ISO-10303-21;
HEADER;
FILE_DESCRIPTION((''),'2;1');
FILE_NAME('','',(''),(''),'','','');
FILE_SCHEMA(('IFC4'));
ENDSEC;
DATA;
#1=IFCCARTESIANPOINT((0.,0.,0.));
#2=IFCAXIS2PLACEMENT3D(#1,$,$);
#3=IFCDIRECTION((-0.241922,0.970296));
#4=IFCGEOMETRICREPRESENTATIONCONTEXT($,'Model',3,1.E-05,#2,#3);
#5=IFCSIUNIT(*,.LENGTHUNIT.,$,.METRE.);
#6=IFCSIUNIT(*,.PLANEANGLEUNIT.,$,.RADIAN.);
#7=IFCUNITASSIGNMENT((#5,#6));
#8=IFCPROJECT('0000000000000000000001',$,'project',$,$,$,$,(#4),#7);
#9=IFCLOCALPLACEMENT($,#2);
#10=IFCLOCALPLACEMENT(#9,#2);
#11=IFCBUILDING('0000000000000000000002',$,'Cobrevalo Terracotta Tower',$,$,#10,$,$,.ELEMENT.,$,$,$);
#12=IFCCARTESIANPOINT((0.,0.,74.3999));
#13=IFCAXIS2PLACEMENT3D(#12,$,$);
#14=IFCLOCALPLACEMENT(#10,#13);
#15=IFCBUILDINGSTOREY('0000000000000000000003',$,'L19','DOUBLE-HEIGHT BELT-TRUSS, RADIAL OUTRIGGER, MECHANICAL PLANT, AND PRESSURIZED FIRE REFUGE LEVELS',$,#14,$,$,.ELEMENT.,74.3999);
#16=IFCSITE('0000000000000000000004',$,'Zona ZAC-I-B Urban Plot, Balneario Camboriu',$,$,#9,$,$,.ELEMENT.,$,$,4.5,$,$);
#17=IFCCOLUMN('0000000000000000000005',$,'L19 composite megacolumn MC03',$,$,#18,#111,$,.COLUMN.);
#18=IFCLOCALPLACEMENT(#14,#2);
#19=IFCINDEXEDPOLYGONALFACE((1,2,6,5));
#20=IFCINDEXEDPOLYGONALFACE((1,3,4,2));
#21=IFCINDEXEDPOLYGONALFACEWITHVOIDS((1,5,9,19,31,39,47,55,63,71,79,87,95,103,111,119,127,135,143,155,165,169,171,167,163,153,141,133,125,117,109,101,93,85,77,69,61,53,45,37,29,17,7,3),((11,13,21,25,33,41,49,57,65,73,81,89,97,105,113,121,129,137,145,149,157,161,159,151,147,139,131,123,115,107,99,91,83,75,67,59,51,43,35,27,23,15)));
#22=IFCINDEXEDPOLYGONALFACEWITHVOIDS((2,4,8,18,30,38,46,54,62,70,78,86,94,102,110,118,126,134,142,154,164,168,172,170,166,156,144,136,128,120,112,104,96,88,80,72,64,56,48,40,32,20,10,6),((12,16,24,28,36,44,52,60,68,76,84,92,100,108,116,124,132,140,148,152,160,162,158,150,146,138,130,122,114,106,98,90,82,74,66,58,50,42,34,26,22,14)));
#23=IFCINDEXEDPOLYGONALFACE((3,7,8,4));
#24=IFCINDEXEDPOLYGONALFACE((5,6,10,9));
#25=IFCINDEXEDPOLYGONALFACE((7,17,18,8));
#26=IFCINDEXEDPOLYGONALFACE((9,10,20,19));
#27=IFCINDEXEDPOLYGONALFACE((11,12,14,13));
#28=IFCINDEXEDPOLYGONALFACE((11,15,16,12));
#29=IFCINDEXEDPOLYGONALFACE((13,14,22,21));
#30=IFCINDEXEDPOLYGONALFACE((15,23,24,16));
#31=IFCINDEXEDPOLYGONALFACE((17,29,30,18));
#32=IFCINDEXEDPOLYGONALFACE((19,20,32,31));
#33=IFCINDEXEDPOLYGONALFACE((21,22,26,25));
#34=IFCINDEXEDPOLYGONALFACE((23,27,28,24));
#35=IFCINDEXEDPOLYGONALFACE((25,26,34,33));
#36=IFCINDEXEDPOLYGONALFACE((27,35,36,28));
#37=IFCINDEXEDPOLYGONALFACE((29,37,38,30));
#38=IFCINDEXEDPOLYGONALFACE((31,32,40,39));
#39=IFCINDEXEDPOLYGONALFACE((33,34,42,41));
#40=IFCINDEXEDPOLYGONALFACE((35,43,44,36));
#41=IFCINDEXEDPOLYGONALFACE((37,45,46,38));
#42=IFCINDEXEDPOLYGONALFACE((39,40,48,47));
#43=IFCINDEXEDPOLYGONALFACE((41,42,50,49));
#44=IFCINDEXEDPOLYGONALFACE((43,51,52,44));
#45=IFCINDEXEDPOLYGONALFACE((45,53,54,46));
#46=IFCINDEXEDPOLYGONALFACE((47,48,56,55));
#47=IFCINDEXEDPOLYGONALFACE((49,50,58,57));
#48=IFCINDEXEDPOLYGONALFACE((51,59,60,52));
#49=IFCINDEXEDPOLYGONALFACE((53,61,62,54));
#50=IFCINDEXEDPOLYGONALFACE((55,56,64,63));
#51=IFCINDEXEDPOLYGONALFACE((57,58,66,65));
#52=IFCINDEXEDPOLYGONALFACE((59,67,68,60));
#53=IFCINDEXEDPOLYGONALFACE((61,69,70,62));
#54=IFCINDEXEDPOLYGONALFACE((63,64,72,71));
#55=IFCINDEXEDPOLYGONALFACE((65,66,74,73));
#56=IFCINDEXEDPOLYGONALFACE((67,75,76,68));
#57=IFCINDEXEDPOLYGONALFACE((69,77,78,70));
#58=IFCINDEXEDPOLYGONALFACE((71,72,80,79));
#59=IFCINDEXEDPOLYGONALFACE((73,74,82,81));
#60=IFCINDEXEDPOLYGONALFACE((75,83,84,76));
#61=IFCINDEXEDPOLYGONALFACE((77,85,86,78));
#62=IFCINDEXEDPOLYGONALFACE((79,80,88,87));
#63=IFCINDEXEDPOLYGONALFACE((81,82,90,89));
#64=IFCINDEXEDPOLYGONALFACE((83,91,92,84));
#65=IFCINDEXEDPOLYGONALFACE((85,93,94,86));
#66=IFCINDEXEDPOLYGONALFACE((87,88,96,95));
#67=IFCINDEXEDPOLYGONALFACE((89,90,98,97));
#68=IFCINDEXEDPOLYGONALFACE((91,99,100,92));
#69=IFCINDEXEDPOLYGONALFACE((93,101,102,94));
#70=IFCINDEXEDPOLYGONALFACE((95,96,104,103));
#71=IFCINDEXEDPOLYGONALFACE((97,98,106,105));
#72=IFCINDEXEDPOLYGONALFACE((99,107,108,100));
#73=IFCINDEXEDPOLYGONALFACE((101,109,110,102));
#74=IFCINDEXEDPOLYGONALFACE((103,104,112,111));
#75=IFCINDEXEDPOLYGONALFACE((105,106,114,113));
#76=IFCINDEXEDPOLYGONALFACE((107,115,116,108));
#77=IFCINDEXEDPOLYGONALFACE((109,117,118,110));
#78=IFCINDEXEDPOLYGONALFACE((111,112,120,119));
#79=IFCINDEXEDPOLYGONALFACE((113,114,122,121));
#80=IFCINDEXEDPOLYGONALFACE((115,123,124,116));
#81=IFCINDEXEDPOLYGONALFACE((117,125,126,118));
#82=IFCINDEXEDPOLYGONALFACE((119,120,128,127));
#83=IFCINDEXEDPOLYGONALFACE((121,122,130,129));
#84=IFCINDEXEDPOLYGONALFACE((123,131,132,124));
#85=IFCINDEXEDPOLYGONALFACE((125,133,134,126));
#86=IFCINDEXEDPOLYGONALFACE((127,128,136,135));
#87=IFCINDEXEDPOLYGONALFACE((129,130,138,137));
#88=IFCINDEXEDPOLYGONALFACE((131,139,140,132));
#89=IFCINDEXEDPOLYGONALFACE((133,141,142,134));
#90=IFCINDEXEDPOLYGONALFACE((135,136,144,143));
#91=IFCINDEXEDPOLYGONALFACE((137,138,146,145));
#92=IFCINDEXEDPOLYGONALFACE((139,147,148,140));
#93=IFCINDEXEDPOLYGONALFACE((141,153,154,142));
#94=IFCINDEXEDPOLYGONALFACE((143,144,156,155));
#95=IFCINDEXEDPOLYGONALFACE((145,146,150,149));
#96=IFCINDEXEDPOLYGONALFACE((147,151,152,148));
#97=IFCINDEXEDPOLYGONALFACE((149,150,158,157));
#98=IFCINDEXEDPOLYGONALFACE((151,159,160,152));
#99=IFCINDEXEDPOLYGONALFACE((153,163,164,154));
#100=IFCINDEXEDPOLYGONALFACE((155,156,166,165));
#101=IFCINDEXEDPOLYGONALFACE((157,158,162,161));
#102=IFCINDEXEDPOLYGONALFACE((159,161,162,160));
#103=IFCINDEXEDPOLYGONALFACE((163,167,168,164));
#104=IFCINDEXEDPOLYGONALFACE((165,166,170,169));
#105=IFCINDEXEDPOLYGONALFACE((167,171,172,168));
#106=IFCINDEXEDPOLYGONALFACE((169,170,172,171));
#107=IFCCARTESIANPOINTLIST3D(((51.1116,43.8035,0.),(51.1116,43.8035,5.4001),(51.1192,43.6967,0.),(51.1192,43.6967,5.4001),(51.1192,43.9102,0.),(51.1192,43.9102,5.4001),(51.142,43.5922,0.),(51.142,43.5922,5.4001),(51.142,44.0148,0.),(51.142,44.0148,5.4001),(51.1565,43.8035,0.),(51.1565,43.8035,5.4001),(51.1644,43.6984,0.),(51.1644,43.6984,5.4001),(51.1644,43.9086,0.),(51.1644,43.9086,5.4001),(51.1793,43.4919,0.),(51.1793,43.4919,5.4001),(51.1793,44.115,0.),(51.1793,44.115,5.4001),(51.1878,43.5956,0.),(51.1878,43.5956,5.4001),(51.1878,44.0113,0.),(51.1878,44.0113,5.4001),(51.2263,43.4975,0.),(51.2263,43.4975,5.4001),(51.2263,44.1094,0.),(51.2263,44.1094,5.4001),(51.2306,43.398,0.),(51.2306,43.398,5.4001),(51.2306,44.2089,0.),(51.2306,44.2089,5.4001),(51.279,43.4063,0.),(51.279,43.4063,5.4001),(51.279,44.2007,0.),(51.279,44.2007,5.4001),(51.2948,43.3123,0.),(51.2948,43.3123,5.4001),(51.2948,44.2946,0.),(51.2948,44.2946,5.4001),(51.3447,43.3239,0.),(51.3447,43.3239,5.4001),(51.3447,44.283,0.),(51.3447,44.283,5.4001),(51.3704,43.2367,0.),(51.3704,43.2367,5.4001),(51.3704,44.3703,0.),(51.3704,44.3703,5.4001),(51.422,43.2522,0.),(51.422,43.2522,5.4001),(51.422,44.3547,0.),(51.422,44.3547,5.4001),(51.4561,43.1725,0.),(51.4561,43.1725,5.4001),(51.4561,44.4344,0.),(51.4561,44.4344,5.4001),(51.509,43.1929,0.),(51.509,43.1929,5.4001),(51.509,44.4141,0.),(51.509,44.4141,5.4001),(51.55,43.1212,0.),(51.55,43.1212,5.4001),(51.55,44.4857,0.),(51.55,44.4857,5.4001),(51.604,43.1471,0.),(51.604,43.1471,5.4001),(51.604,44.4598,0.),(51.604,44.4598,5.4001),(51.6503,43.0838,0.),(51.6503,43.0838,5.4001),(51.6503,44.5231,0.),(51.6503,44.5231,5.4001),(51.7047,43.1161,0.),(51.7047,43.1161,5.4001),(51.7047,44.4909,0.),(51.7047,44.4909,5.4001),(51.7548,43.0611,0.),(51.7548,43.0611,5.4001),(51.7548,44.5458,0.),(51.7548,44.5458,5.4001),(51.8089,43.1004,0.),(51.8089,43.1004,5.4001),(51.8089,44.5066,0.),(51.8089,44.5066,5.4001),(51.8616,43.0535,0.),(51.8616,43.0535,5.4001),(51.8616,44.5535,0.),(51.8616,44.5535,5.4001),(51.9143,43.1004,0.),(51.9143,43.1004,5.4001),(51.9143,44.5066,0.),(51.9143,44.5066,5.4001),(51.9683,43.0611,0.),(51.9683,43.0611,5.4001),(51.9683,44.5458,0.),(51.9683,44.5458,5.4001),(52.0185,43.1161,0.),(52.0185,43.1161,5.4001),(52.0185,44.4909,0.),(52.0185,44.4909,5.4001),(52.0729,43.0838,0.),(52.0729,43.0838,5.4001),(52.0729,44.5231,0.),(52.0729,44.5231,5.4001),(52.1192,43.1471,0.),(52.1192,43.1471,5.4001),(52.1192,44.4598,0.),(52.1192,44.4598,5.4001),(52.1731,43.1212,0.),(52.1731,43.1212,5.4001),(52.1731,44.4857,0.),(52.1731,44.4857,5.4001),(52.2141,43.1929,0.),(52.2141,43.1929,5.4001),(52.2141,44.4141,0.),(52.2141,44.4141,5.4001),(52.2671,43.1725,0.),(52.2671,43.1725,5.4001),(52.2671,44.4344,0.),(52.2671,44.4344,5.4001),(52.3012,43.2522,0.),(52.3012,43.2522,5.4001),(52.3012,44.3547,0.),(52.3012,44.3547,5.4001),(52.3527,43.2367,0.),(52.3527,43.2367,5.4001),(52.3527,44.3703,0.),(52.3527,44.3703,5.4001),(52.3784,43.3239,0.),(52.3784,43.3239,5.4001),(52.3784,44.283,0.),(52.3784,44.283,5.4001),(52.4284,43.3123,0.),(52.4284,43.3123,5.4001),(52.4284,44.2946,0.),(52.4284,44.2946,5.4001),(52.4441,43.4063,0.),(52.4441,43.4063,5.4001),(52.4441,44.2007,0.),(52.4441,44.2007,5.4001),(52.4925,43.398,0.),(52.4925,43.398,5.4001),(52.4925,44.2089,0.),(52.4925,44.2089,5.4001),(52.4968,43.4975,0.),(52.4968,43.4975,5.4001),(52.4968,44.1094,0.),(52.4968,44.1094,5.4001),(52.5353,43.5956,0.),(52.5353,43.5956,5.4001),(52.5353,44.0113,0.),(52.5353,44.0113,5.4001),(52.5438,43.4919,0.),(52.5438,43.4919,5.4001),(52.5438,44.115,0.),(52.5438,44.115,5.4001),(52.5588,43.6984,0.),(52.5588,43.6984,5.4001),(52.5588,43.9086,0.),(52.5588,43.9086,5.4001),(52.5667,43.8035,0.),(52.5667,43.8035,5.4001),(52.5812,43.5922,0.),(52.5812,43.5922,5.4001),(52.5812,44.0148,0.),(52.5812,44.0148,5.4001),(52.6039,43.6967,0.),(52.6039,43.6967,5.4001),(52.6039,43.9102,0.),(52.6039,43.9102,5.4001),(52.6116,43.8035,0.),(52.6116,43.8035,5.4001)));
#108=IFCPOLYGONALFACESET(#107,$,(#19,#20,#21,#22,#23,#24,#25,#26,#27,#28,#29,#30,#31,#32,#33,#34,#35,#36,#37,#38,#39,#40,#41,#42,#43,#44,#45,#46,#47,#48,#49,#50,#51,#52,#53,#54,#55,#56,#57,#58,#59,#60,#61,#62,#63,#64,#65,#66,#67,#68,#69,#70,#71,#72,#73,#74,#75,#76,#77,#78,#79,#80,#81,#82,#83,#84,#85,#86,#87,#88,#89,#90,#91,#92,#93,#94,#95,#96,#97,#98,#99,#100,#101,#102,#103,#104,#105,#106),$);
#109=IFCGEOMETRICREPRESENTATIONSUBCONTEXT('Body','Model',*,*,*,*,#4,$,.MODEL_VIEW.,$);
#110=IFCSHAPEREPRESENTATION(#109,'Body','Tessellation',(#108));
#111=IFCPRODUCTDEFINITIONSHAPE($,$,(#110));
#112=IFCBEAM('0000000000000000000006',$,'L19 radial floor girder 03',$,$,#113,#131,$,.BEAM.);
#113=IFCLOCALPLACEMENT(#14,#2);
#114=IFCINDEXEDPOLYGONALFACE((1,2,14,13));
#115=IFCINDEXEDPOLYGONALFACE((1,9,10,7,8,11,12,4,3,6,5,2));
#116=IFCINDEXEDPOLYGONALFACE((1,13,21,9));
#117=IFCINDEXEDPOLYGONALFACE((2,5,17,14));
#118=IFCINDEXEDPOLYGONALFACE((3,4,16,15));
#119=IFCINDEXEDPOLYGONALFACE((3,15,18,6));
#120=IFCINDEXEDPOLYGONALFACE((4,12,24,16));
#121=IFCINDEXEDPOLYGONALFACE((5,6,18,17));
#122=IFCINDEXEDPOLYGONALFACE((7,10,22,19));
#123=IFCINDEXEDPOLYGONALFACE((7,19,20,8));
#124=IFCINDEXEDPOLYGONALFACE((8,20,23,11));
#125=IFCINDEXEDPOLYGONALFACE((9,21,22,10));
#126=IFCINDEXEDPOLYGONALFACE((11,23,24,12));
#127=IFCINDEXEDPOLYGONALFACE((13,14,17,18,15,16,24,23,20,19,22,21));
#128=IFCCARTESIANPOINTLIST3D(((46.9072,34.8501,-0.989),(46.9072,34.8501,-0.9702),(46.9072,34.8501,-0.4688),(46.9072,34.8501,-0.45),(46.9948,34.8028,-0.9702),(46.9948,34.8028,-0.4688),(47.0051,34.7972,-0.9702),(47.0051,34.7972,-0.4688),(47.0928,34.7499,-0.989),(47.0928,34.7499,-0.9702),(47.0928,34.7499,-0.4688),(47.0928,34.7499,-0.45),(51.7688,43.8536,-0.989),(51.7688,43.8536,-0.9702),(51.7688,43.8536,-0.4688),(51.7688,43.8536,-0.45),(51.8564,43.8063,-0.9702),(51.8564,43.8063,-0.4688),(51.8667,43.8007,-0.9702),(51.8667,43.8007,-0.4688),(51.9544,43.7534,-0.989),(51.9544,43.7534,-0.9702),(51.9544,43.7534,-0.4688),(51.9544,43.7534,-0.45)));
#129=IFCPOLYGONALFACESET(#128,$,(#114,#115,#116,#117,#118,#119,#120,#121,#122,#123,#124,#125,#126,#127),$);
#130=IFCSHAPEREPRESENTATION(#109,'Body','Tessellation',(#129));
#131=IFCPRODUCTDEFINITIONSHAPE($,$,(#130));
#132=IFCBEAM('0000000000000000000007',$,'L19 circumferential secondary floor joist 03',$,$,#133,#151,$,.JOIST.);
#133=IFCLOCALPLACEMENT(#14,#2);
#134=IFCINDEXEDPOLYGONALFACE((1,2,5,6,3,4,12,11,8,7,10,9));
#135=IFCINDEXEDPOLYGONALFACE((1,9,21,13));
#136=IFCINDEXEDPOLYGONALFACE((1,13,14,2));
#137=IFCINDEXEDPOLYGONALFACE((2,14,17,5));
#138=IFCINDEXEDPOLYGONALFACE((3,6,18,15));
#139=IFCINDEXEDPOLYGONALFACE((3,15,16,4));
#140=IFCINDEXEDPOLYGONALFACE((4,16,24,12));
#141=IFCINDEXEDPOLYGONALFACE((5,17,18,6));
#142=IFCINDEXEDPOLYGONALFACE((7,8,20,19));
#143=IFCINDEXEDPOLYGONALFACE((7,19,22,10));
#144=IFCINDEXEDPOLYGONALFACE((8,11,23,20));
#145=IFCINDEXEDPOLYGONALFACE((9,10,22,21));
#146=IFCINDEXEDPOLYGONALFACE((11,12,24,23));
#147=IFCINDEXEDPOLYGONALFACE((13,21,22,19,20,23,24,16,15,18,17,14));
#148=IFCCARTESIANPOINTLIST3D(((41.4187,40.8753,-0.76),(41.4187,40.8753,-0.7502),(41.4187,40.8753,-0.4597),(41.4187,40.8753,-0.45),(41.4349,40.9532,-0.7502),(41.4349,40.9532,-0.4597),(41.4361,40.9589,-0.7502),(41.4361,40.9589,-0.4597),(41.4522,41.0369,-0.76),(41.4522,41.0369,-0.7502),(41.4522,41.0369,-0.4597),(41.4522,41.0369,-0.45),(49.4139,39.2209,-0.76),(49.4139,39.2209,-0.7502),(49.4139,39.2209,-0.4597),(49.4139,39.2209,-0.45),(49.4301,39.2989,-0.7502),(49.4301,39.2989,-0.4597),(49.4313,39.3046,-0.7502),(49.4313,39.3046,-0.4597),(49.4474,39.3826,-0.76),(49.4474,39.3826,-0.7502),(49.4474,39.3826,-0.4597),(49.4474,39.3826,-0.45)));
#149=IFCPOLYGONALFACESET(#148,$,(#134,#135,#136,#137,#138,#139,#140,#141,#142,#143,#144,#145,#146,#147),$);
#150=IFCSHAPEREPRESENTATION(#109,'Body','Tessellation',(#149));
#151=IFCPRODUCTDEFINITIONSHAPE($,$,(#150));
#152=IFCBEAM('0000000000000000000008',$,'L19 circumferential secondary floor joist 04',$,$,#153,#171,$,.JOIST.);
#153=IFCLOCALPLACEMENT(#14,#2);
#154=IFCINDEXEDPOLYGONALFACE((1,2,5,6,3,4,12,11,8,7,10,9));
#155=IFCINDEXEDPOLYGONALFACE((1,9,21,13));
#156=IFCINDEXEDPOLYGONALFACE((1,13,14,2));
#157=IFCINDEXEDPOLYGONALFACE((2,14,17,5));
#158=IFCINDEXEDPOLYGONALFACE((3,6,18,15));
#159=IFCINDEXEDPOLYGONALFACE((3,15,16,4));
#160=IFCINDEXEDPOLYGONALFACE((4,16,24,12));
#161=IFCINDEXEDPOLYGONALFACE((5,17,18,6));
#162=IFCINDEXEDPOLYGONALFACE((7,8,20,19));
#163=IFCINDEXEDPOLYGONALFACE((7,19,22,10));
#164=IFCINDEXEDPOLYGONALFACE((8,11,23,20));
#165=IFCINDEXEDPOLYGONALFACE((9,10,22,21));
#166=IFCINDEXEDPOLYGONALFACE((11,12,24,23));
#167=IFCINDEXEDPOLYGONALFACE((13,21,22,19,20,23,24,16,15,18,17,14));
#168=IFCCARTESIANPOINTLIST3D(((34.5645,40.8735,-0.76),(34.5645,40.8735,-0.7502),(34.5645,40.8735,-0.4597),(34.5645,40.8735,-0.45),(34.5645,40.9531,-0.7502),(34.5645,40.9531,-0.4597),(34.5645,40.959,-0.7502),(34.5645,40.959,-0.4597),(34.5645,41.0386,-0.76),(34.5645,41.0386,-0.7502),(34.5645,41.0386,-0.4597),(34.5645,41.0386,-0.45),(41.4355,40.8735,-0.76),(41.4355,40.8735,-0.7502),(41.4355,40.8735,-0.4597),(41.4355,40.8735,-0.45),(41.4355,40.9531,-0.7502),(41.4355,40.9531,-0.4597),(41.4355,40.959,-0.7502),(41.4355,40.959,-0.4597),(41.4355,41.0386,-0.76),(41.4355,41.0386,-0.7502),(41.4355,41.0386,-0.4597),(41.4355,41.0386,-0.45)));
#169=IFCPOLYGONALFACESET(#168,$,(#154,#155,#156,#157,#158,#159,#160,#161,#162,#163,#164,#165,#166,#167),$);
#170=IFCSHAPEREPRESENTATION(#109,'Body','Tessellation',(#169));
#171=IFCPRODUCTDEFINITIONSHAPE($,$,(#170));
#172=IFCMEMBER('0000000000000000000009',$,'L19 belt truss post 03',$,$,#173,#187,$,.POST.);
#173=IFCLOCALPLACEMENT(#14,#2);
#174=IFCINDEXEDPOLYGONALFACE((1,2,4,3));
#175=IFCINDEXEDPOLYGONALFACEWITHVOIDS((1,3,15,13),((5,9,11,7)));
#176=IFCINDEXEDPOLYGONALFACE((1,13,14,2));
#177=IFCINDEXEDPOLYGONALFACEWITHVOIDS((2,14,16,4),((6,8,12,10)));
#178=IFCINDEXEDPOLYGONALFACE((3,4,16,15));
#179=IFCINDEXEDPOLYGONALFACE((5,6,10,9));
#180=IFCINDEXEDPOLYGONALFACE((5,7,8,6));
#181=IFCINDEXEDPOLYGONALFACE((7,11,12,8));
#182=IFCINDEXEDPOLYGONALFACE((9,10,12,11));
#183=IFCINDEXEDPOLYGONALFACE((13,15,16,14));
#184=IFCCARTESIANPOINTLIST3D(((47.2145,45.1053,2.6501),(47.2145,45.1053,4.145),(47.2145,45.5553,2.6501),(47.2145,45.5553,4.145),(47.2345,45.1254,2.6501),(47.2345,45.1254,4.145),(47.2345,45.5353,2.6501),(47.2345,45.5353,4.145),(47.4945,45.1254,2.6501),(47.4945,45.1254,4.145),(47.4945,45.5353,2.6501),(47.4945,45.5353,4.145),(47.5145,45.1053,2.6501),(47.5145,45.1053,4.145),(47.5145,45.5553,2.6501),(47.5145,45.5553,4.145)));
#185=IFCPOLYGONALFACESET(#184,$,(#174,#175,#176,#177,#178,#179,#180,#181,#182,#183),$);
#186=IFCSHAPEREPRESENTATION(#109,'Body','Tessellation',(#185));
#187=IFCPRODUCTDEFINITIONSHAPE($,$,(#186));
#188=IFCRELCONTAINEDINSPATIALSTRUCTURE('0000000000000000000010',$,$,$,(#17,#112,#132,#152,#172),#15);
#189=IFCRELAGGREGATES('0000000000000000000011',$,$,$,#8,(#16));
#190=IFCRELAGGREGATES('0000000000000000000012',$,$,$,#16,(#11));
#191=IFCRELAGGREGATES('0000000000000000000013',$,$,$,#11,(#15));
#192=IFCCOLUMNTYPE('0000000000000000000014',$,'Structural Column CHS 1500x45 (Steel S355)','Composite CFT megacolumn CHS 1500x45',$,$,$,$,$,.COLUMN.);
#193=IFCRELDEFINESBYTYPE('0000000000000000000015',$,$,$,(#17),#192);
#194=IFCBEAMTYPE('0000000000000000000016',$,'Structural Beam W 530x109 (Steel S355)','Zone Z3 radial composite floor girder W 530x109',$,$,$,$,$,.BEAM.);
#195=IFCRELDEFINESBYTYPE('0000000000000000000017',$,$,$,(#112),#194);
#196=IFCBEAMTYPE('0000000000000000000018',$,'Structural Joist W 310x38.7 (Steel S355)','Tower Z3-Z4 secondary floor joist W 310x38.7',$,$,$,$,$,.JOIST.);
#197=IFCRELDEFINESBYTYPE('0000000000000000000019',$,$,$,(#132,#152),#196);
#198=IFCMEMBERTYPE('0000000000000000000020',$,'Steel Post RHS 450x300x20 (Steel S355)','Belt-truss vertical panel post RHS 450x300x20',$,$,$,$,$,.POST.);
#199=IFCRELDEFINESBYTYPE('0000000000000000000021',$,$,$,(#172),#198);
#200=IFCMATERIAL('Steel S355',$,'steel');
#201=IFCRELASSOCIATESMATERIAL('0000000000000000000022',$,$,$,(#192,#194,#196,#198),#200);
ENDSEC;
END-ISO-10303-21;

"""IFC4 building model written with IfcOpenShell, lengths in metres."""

from ifc_helpers import new_model, si_unit, direction, frame, origin, origin_2d, place, context, subcontext, project, spatial, hollow_rectangle, hollow_circle, i_section, extrude, source, transform, mapped, material, material_profile, profile_set, type_object, element, save


model = new_model("IFC4")

# Units and contexts
model_context = context("Model", 3, precision=1e-05, world=origin(), true_north=direction((-0.241922, 0.970296)))
body_context = subcontext(model_context, "Body", "Model", "MODEL_VIEW")
ifc_project = project(units=[si_unit("LENGTHUNIT", "METRE"), si_unit("PLANEANGLEUNIT", "RADIAN")], contexts=[model_context])

# Site, building, storey
site_placement = place(None, origin())
site = spatial("IfcSite", under=ifc_project, at=site_placement, Name="Zona ZAC-I-B Urban Plot, Balneario Camboriu", CompositionType="ELEMENT", RefElevation=4.5)
building_placement = place(site_placement, origin())
building = spatial("IfcBuilding", under=site, at=building_placement, Name="Cobrevalo Terracotta Tower", CompositionType="ELEMENT")
storey_placement = place(building_placement, frame((0.0, 0.0, 74.3999)))
storey = spatial("IfcBuildingStorey", under=building, at=storey_placement, Name="L19", Description="DOUBLE-HEIGHT BELT-TRUSS, RADIAL OUTRIGGER, MECHANICAL PLANT, AND PRESSURIZED FIRE REFUGE LEVELS", CompositionType="ELEMENT", Elevation=74.3999)

# Column
ifc_material_1 = material(Name="Steel S355", Category="steel")
ifc_material_profile_1 = material_profile(ifc_material_1, hollow_circle(Radius=0.75, WallThickness=0.0449, at=origin_2d()), Name="CHS 1500x45")
ifc_profile_set_1 = profile_set([ifc_material_profile_1], Name="Steel S355")
column_type = type_object("IfcColumnType", Name="Structural Column CHS 1500x45 (Steel S355)", Description="Composite CFT megacolumn CHS 1500x45", PredefinedType="COLUMN", material=ifc_profile_set_1)
column_placement = place(storey_placement, frame((51.8616, 43.8035, 0.0), z_axis=(0.0, 0.0, 1.0), x_axis=(1.0, 0.0, 0.0)))
element("IfcColumn", 1, at=column_placement, inside=storey, type_object=column_type, Name="L19 composite megacolumn MC03", PredefinedType="COLUMN", context=body_context, shape_type="SweptSolid", body=[
    extrude(hollow_circle(Radius=0.75, WallThickness=0.0449, at=origin_2d()), origin(), (0.0, 0.0, 1.0), 5.4001),
])

# Beams
ifc_material_profile_2 = material_profile(ifc_material_1, i_section(OverallWidth=0.2109, OverallDepth=0.5391, WebThickness=0.0117, FlangeThickness=0.0188, at=origin_2d()), Name="W 530x109")
ifc_profile_set_2 = profile_set([ifc_material_profile_2], Name="Steel S355")
beam_type_1 = type_object("IfcBeamType", Name="Structural Beam W 530x109 (Steel S355)", Description="Zone Z3 radial composite floor girder W 530x109", PredefinedType="BEAM", material=ifc_profile_set_2)
beam_1_placement = place(storey_placement, frame((51.8616, 43.8035, -0.7195), z_axis=(-0.475128, -0.879917, 0.0), x_axis=(0.879917, -0.475128, 0.0)))
element("IfcBeam", 2, at=beam_1_placement, inside=storey, type_object=beam_type_1, Name="L19 radial floor girder 03", PredefinedType="BEAM", context=body_context, shape_type="SweptSolid", body=[
    extrude(i_section(OverallWidth=0.2109, OverallDepth=0.5391, WebThickness=0.0117, FlangeThickness=0.0188, at=origin_2d()), origin(), (0.0, 0.0, 1.0), 10.2322),
])
ifc_material_profile_3 = material_profile(ifc_material_1, i_section(OverallWidth=0.165, OverallDepth=0.3101, WebThickness=0.0059, FlangeThickness=0.0098, at=origin_2d()), Name="W 310x38.7")
ifc_profile_set_3 = profile_set([ifc_material_profile_3], Name="Steel S355")
beam_type_2 = type_object("IfcBeamType", Name="Structural Joist W 310x38.7 (Steel S355)", Description="Tower Z3-Z4 secondary floor joist W 310x38.7", PredefinedType="JOIST", material=ifc_profile_set_3)
beam_2_placement = place(storey_placement, frame((49.4307, 39.3018, -0.605), z_axis=(-0.979257, 0.202621, 0.0), x_axis=(-0.202621, -0.979257, 0.0)))
element("IfcBeam", 3, at=beam_2_placement, inside=storey, type_object=beam_type_2, Name="L19 circumferential secondary floor joist 03", PredefinedType="JOIST", context=body_context, shape_type="SweptSolid", body=[
    extrude(i_section(OverallWidth=0.165, OverallDepth=0.3101, WebThickness=0.0059, FlangeThickness=0.0098, at=origin_2d()), origin(), (0.0, 0.0, 1.0), 8.1646),
])
beam_3_placement = place(storey_placement, frame((41.4355, 40.9561, -0.605), z_axis=(-1.0, 0.0, 0.0), x_axis=(0.0, -1.0, 0.0)))
element("IfcBeam", 4, at=beam_3_placement, inside=storey, type_object=beam_type_2, Name="L19 circumferential secondary floor joist 04", PredefinedType="JOIST", context=body_context, shape_type="SweptSolid", body=[
    extrude(i_section(OverallWidth=0.165, OverallDepth=0.3101, WebThickness=0.0059, FlangeThickness=0.0098, at=origin_2d()), origin(), (0.0, 0.0, 1.0), 6.8711),
])

# Member
ifc_material_profile_4 = material_profile(ifc_material_1, hollow_rectangle(XDim=0.3, YDim=0.45, WallThickness=0.02, at=origin_2d()), Name="RHS 450x300x20")
ifc_profile_set_4 = profile_set([ifc_material_profile_4], Name="Steel S355")
member_type_1 = type_object("IfcMemberType", Name="Steel Post RHS 450x300x20 (Steel S355)", Description="Belt-truss vertical panel post RHS 450x300x20", PredefinedType="POST", material=ifc_profile_set_4)
shared_shape_1 = source(origin(), body_context, "Body", "SweptSolid", [
    extrude(hollow_rectangle(XDim=0.3, YDim=0.45, WallThickness=0.02, at=origin_2d()), origin(), (0.0, 0.0, 1.0), 1.4949),
])
member_1_placement = place(storey_placement, frame((47.3645, 45.3303, 2.6501), z_axis=(0.0, 0.0, 1.0), x_axis=(1.0, 0.0, 0.0)))
element("IfcMember", 5, at=member_1_placement, inside=storey, type_object=member_type_1, Name="L19 belt truss post 03", PredefinedType="POST", context=body_context, shape_type="MappedRepresentation", body=[
    mapped(shared_shape_1, transform((0.0, 0.0, 0.0), scale=1.0)),
])

save(model, "model.ifc")
